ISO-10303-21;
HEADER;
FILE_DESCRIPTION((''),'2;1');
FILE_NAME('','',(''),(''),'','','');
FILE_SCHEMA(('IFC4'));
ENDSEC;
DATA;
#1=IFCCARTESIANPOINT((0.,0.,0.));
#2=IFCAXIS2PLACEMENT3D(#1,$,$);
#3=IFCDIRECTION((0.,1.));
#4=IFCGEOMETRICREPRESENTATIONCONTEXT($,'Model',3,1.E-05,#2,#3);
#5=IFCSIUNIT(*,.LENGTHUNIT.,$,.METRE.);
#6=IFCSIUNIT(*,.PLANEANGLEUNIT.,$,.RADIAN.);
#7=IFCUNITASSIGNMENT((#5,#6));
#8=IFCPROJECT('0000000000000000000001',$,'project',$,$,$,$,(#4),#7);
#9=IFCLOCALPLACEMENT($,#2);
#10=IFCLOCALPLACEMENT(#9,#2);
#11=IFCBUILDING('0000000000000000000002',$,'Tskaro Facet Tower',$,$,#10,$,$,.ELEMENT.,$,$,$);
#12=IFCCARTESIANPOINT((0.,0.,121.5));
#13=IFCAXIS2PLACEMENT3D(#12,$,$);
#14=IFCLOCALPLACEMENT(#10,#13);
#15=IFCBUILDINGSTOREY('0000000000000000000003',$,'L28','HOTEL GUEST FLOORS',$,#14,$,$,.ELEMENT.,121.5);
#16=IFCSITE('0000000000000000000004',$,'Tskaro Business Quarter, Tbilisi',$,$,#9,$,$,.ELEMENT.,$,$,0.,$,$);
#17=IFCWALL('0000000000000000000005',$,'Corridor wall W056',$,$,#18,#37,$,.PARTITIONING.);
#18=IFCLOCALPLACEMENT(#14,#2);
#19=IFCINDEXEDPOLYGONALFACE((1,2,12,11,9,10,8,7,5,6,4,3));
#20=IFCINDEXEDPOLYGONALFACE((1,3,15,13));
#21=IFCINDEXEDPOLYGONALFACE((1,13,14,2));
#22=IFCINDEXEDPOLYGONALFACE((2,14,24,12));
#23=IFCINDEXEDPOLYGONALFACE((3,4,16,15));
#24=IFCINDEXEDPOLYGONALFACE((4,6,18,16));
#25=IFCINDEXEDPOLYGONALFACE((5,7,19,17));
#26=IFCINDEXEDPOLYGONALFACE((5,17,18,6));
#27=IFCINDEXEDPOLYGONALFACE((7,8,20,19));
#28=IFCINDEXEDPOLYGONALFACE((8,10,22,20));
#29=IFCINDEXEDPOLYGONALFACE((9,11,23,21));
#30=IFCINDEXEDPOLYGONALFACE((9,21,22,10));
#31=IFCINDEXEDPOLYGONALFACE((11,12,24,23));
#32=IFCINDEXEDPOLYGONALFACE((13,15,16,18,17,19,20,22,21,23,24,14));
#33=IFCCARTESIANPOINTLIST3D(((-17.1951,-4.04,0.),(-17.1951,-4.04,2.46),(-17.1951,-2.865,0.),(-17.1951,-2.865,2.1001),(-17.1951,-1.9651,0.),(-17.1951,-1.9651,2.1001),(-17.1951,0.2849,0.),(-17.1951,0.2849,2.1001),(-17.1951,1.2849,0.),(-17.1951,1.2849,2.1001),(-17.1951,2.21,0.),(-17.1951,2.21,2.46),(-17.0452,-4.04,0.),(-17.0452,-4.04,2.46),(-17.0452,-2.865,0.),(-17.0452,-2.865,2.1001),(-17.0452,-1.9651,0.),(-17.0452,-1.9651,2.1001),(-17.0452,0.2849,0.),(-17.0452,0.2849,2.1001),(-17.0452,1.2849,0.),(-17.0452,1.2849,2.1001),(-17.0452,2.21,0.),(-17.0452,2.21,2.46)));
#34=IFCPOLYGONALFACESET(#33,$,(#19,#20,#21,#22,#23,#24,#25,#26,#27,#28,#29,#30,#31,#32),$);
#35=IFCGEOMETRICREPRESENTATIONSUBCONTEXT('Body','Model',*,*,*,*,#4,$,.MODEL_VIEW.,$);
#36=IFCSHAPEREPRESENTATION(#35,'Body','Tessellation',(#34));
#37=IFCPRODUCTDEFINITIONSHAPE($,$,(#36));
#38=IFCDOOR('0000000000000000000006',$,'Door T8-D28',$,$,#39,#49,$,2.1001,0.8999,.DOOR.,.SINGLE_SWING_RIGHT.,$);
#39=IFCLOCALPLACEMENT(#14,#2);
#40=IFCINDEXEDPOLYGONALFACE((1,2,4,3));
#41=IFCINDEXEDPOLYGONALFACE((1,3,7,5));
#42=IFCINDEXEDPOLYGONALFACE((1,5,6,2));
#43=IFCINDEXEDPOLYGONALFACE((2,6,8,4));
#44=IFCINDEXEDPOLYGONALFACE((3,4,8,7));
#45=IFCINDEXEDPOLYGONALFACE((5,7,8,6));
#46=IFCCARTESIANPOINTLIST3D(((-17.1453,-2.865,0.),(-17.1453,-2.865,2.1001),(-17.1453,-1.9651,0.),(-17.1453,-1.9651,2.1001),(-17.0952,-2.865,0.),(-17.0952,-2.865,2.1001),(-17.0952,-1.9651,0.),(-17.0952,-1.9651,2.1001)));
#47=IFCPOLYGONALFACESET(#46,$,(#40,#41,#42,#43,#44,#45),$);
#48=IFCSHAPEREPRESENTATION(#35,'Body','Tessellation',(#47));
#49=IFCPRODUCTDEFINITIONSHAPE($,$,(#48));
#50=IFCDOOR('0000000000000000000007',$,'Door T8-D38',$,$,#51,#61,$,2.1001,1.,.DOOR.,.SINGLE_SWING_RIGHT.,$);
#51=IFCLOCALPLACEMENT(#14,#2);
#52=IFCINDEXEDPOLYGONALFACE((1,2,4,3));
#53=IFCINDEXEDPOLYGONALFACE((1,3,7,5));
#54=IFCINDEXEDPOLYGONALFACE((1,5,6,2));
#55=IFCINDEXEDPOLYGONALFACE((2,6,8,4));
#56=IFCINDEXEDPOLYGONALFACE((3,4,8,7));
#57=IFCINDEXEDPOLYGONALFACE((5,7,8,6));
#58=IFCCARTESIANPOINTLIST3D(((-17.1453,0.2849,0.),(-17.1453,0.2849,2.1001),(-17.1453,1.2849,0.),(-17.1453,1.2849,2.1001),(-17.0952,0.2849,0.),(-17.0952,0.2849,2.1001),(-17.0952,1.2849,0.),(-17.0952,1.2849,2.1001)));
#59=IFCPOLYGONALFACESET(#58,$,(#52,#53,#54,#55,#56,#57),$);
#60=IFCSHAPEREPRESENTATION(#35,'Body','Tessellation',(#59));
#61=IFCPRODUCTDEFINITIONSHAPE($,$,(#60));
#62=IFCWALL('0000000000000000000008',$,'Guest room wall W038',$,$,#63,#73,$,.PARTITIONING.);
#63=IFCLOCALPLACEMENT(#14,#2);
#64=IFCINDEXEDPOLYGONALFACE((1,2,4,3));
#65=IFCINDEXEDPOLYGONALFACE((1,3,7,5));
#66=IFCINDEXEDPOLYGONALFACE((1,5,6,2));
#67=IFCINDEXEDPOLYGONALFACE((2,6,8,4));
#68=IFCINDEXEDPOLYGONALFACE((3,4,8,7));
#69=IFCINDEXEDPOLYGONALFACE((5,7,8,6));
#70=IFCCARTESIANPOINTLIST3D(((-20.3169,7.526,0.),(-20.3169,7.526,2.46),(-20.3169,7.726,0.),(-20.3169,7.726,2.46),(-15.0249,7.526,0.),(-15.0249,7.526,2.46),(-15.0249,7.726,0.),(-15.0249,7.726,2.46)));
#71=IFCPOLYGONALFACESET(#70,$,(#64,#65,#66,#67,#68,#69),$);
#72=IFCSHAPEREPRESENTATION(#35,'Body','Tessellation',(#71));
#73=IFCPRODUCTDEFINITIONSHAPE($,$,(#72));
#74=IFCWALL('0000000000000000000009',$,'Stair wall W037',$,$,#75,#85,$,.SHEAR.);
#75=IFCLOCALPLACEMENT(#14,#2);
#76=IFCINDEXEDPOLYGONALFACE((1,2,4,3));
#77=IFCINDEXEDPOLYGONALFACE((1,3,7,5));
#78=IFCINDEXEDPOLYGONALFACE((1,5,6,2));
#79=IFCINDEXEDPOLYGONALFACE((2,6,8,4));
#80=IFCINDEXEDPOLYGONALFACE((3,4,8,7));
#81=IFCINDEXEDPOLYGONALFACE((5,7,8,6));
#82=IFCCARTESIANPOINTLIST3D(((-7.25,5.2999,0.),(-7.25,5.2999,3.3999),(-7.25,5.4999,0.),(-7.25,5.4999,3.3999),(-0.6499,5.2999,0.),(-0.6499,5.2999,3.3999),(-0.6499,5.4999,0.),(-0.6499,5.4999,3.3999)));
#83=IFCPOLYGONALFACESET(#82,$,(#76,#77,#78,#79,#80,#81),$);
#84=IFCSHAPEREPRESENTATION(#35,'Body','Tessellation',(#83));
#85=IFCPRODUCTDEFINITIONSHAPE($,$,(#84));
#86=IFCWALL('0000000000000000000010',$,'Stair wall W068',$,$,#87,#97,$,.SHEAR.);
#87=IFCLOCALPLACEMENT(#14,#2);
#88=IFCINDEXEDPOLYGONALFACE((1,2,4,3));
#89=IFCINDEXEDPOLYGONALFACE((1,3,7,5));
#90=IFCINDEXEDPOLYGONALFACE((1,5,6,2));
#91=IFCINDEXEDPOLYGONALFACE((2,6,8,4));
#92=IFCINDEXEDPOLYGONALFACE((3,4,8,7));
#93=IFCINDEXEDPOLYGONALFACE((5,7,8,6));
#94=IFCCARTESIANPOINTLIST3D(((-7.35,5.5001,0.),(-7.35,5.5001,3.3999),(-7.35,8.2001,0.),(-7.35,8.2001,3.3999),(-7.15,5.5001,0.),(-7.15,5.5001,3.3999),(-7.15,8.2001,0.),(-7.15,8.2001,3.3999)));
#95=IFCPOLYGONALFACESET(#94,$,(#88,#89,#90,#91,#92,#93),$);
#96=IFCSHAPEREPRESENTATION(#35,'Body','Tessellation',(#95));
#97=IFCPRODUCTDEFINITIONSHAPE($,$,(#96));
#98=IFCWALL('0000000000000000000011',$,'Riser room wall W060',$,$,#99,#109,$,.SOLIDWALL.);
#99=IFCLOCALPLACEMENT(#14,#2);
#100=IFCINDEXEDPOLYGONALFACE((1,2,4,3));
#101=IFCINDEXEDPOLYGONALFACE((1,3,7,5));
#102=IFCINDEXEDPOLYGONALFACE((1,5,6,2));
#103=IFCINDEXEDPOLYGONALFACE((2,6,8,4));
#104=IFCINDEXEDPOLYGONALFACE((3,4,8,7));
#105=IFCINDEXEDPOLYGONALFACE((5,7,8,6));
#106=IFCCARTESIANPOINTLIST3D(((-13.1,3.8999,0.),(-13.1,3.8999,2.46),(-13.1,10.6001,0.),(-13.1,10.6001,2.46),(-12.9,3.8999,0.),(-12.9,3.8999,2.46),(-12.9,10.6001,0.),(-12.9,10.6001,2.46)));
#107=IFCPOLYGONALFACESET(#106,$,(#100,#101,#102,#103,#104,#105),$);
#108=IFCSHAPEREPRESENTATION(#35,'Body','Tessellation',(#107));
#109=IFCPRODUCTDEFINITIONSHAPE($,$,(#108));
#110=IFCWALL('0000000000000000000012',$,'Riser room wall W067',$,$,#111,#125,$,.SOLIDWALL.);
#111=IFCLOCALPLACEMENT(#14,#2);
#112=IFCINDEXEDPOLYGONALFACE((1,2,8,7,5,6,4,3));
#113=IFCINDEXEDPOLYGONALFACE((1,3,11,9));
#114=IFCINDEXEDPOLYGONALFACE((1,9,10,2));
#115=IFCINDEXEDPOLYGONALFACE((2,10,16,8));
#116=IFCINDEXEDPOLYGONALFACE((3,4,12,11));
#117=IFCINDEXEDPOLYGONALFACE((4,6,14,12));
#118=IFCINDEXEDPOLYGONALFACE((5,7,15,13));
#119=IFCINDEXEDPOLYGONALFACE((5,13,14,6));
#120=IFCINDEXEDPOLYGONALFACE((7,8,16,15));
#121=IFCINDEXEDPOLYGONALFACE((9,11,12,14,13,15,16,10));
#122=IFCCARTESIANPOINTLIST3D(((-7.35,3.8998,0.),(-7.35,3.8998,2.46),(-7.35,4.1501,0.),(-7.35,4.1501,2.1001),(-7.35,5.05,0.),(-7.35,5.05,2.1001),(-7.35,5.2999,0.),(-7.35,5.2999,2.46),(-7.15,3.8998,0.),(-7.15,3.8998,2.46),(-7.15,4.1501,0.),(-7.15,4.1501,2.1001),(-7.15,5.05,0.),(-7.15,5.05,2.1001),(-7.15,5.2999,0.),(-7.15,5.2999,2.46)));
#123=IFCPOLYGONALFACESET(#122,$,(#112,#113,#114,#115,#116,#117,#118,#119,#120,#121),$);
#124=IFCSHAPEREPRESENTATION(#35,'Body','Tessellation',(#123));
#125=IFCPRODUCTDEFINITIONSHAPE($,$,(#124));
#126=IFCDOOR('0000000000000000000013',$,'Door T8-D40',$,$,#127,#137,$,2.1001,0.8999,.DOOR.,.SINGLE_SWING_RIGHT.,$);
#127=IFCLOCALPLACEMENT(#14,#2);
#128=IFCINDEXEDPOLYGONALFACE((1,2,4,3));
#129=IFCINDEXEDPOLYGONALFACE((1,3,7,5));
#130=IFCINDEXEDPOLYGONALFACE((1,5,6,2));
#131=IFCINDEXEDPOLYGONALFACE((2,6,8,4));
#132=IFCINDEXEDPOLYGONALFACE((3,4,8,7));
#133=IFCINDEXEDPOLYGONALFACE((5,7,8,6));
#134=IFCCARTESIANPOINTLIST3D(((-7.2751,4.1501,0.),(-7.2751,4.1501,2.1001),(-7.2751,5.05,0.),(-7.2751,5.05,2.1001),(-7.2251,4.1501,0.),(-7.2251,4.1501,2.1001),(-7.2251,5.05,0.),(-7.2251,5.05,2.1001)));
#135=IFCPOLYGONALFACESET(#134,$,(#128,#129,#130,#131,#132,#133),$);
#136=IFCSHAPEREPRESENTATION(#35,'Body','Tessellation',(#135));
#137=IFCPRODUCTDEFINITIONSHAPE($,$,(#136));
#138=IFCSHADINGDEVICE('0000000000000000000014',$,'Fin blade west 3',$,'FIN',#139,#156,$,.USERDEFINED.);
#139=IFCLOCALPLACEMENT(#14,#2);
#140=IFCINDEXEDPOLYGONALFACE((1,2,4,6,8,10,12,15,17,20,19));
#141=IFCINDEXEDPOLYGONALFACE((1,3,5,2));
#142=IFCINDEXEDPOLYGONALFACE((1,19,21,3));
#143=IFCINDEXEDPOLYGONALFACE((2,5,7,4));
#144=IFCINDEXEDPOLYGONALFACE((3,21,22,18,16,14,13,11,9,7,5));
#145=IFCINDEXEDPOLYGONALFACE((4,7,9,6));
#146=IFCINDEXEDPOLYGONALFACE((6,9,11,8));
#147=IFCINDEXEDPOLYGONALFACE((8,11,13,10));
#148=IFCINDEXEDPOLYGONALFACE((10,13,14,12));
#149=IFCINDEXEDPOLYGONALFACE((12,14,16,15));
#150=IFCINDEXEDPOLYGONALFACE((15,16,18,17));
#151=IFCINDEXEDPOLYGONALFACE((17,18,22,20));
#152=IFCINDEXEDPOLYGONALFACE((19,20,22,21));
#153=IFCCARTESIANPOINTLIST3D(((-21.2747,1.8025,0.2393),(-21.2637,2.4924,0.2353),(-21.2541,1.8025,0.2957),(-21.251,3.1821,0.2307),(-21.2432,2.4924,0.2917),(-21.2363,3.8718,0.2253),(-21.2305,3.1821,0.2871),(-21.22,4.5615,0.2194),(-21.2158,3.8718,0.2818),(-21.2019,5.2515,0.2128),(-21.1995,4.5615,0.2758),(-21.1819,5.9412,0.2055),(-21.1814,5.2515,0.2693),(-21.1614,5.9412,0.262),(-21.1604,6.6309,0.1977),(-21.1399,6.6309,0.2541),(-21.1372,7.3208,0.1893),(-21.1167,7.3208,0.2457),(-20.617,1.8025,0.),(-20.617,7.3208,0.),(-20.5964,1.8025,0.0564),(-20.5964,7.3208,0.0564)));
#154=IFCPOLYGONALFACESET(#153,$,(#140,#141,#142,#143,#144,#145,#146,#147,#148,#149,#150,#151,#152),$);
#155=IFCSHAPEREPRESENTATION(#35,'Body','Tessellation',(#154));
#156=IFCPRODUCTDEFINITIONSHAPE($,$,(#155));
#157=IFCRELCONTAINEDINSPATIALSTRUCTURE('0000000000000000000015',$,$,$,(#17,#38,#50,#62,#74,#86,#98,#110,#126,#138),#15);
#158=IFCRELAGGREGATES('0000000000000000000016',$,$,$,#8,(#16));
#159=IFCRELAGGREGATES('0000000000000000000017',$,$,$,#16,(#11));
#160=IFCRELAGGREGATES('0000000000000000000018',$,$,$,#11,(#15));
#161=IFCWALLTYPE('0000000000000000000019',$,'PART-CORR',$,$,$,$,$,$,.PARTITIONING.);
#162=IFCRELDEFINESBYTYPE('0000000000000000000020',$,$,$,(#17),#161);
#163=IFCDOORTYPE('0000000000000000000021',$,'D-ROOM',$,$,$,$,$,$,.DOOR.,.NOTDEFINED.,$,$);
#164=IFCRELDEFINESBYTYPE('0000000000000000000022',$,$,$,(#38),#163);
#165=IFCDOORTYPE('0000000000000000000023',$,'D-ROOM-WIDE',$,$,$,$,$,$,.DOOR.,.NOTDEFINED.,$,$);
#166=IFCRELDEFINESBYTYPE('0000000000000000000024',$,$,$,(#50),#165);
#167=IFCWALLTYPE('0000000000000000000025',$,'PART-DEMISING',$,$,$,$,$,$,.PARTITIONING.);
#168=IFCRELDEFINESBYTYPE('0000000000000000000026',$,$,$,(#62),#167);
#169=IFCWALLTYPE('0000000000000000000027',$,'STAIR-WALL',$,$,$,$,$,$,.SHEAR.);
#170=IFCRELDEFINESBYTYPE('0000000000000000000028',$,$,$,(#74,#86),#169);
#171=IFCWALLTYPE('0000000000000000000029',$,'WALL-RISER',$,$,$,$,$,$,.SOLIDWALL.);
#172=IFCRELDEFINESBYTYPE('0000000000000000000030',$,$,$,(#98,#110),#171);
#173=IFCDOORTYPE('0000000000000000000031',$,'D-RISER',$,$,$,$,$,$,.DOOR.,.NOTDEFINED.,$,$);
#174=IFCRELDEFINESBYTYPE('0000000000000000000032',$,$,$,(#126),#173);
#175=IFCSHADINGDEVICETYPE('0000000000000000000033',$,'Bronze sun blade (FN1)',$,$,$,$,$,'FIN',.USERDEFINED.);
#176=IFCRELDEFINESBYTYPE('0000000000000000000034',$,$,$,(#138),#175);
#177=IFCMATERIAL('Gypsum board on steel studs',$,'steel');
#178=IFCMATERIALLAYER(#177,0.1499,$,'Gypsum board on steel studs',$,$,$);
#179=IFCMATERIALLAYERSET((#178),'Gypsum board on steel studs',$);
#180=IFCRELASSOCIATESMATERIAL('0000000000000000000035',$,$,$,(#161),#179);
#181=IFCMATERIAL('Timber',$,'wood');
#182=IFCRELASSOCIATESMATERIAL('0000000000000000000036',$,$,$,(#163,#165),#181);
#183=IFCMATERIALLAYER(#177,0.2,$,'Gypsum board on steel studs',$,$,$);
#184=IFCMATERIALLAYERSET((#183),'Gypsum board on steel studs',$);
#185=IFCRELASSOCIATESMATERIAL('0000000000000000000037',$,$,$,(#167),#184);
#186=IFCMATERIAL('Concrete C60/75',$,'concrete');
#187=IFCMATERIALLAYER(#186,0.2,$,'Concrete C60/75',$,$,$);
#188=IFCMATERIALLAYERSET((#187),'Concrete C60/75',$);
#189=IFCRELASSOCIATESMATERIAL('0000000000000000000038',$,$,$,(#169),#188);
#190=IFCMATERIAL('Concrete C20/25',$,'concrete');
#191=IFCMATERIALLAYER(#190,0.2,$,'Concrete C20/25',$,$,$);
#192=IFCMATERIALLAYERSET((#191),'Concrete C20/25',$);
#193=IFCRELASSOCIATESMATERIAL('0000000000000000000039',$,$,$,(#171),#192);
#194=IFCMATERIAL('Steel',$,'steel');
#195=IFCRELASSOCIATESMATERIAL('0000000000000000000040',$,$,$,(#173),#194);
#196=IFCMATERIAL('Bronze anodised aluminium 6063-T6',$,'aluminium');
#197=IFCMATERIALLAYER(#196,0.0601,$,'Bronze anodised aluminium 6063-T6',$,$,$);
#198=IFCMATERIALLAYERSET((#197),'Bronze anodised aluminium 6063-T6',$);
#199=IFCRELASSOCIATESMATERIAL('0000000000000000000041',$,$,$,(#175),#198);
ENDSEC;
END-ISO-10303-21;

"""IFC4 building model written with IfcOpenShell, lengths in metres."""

from ifc_helpers import new_model, si_unit, direction, frame, frame_2d, origin, place, context, subcontext, project, spatial, polyline, rectangle, outline, extrude, material, layer, layer_set, type_object, element, fill, save


model = new_model("IFC4")

# Units and contexts
model_context = context("Model", 3, precision=1e-05, world=origin(), true_north=direction((0.0, 1.0)))
body_context = subcontext(model_context, "Body", "Model", "MODEL_VIEW")
ifc_project = project(units=[si_unit("LENGTHUNIT", "METRE"), si_unit("PLANEANGLEUNIT", "RADIAN")], contexts=[model_context])

# Site, building, storey
site_placement = place(None, origin())
site = spatial("IfcSite", under=ifc_project, at=site_placement, Name="Tskaro Business Quarter, Tbilisi", CompositionType="ELEMENT", RefElevation=0.0)
building_placement = place(site_placement, origin())
building = spatial("IfcBuilding", under=site, at=building_placement, Name="Tskaro Facet Tower", CompositionType="ELEMENT")
storey_placement = place(building_placement, frame((0.0, 0.0, 121.5)))
storey = spatial("IfcBuildingStorey", under=building, at=storey_placement, Name="L28", Description="HOTEL GUEST FLOORS", CompositionType="ELEMENT", Elevation=121.5)

# Shared definitions
ifc_material_1 = material(Name="Bronze anodised aluminium 6063-T6", Category="aluminium")

# Shared definitions
ifc_material_2 = material(Name="Concrete C60/75", Category="concrete")

# Shared definitions
ifc_material_3 = material(Name="Gypsum board on steel studs", Category="steel")
ifc_layer_1 = layer(ifc_material_3, 0.1499, Name="Gypsum board on steel studs")
ifc_layer_set_1 = layer_set([ifc_layer_1], Name="Gypsum board on steel studs")
wall_type_1 = type_object("IfcWallType", Name="PART-CORR", PredefinedType="PARTITIONING", material=ifc_layer_set_1)

# Wall, openings, doors
wall_1_placement = place(storey_placement, frame((-17.1201, 2.21, 0.0), z_axis=(0.0, 0.0, 1.0), x_axis=(0.0, -1.0, 0.0)))
wall_1 = element("IfcWall", 1, at=wall_1_placement, inside=storey, type_object=wall_type_1, Name="Corridor wall W056", PredefinedType="PARTITIONING", context=body_context, shape_type="SweptSolid", body=[
    extrude(rectangle(XDim=6.25, YDim=0.1499, at=frame_2d((3.125, 0.0))), origin(), (0.0, 0.0, 1.0), 2.46),
])
opening_1_placement = place(wall_1_placement, frame((4.175, 0.0, 0.0)))
opening_1 = element("IfcOpeningElement", 2, at=opening_1_placement, cuts=wall_1, PredefinedType="OPENING", context=body_context, shape_type="SweptSolid", body=[
    extrude(rectangle(XDim=0.8999, YDim=2.1001, at=frame_2d((0.45, 1.05))), frame((0.0, 0.085, 0.0), z_axis=(0.0, -1.0, 0.0), x_axis=(1.0, 0.0, 0.0)), (0.0, 0.0, 1.0), 0.1699),
])
opening_2_placement = place(wall_1_placement, frame((0.925, 0.0, 0.0)))
opening_2 = element("IfcOpeningElement", 3, at=opening_2_placement, cuts=wall_1, PredefinedType="OPENING", context=body_context, shape_type="SweptSolid", body=[
    extrude(rectangle(XDim=1.0, YDim=2.1001, at=frame_2d((0.5, 1.05))), frame((0.0, 0.085, 0.0), z_axis=(0.0, -1.0, 0.0), x_axis=(1.0, 0.0, 0.0)), (0.0, 0.0, 1.0), 0.1699),
])
ifc_material_4 = material(Name="Timber", Category="wood")
door_type_1 = type_object("IfcDoorType", Name="D-ROOM", OperationType="NOTDEFINED", PredefinedType="DOOR", material=ifc_material_4)
door_1_placement = place(opening_1_placement, origin())
door_1 = element("IfcDoor", 4, at=door_1_placement, inside=storey, type_object=door_type_1, Name="Door T8-D28", OperationType="SINGLE_SWING_RIGHT", OverallHeight=2.1001, OverallWidth=0.8999, PredefinedType="DOOR", context=body_context, shape_type="SweptSolid", body=[
    extrude(rectangle(XDim=0.8999, YDim=2.1001, at=frame_2d((0.45, 1.05))), frame((0.0, 0.0249, 0.0), z_axis=(0.0, -1.0, 0.0), x_axis=(1.0, 0.0, 0.0)), (0.0, 0.0, 1.0), 0.05),
])
fill(opening_1, door_1)
door_type_2 = type_object("IfcDoorType", Name="D-ROOM-WIDE", OperationType="NOTDEFINED", PredefinedType="DOOR", material=ifc_material_4)
door_2_placement = place(opening_2_placement, origin())
door_2 = element("IfcDoor", 5, at=door_2_placement, inside=storey, type_object=door_type_2, Name="Door T8-D38", OperationType="SINGLE_SWING_RIGHT", OverallHeight=2.1001, OverallWidth=1.0, PredefinedType="DOOR", context=body_context, shape_type="SweptSolid", body=[
    extrude(rectangle(XDim=1.0, YDim=2.1001, at=frame_2d((0.5, 1.05))), frame((0.0, 0.0249, 0.0), z_axis=(0.0, -1.0, 0.0), x_axis=(1.0, 0.0, 0.0)), (0.0, 0.0, 1.0), 0.05),
])
fill(opening_2, door_2)

# Walls
ifc_layer_2 = layer(ifc_material_3, 0.2, Name="Gypsum board on steel studs")
ifc_layer_set_2 = layer_set([ifc_layer_2], Name="Gypsum board on steel studs")
wall_type_2 = type_object("IfcWallType", Name="PART-DEMISING", PredefinedType="PARTITIONING", material=ifc_layer_set_2)
wall_2_placement = place(storey_placement, frame((-20.3169, 7.626, 0.0), z_axis=(0.0, 0.0, 1.0), x_axis=(1.0, 0.0, 0.0)))
element("IfcWall", 6, at=wall_2_placement, inside=storey, type_object=wall_type_2, Name="Guest room wall W038", PredefinedType="PARTITIONING", context=body_context, shape_type="SweptSolid", body=[
    extrude(rectangle(XDim=5.292, YDim=0.2, at=frame_2d((2.646, 0.0))), origin(), (0.0, 0.0, 1.0), 2.46),
])
ifc_layer_3 = layer(ifc_material_2, 0.2, Name="Concrete C60/75")
ifc_layer_set_3 = layer_set([ifc_layer_3], Name="Concrete C60/75")
wall_type_3 = type_object("IfcWallType", Name="STAIR-WALL", PredefinedType="SHEAR", material=ifc_layer_set_3)
wall_3_placement = place(storey_placement, frame((-7.25, 5.3999, 0.0), z_axis=(0.0, 0.0, 1.0), x_axis=(1.0, 0.0, 0.0)))
element("IfcWall", 7, at=wall_3_placement, inside=storey, type_object=wall_type_3, Name="Stair wall W037", PredefinedType="SHEAR", context=body_context, shape_type="SweptSolid", body=[
    extrude(rectangle(XDim=6.6001, YDim=0.2, at=frame_2d((3.3, 0.0))), origin(), (0.0, 0.0, 1.0), 3.3999),
])
wall_4_placement = place(storey_placement, frame((-7.25, 5.5, 0.0), z_axis=(0.0, 0.0, 1.0), x_axis=(0.0, 1.0, 0.0)))
element("IfcWall", 8, at=wall_4_placement, inside=storey, type_object=wall_type_3, Name="Stair wall W068", PredefinedType="SHEAR", context=body_context, shape_type="SweptSolid", body=[
    extrude(rectangle(XDim=2.7, YDim=0.2, at=frame_2d((1.3501, 0.0))), origin(), (0.0, 0.0, 1.0), 3.3999),
])
ifc_material_5 = material(Name="Concrete C20/25", Category="concrete")
ifc_layer_4 = layer(ifc_material_5, 0.2, Name="Concrete C20/25")
ifc_layer_set_4 = layer_set([ifc_layer_4], Name="Concrete C20/25")
wall_type_4 = type_object("IfcWallType", Name="WALL-RISER", PredefinedType="SOLIDWALL", material=ifc_layer_set_4)
wall_5_placement = place(storey_placement, frame((-13.0, 3.8999, 0.0), z_axis=(0.0, 0.0, 1.0), x_axis=(0.0, 1.0, 0.0)))
element("IfcWall", 9, at=wall_5_placement, inside=storey, type_object=wall_type_4, Name="Riser room wall W060", PredefinedType="SOLIDWALL", context=body_context, shape_type="SweptSolid", body=[
    extrude(rectangle(XDim=6.7002, YDim=0.2, at=frame_2d((3.3501, 0.0))), origin(), (0.0, 0.0, 1.0), 2.46),
])

# Wall, opening, door
wall_6_placement = place(storey_placement, frame((-7.25, 5.3, 0.0), z_axis=(0.0, 0.0, 1.0), x_axis=(0.0, -1.0, 0.0)))
wall_6 = element("IfcWall", 10, at=wall_6_placement, inside=storey, type_object=wall_type_4, Name="Riser room wall W067", PredefinedType="SOLIDWALL", context=body_context, shape_type="SweptSolid", body=[
    extrude(rectangle(XDim=1.4001, YDim=0.2, at=frame_2d((0.7002, 0.0))), origin(), (0.0, 0.0, 1.0), 2.46),
])
opening_3_placement = place(wall_6_placement, frame((0.25, 0.0, 0.0)))
opening_3 = element("IfcOpeningElement", 11, at=opening_3_placement, cuts=wall_6, PredefinedType="OPENING", context=body_context, shape_type="SweptSolid", body=[
    extrude(rectangle(XDim=0.8999, YDim=2.1001, at=frame_2d((0.45, 1.05))), frame((0.0, 0.1099, 0.0), z_axis=(0.0, -1.0, 0.0), x_axis=(1.0, 0.0, 0.0)), (0.0, 0.0, 1.0), 0.22),
])
ifc_material_6 = material(Name="Steel", Category="steel")
door_type_3 = type_object("IfcDoorType", Name="D-RISER", OperationType="NOTDEFINED", PredefinedType="DOOR", material=ifc_material_6)
door_3_placement = place(opening_3_placement, origin())
door_3 = element("IfcDoor", 12, at=door_3_placement, inside=storey, type_object=door_type_3, Name="Door T8-D40", OperationType="SINGLE_SWING_RIGHT", OverallHeight=2.1001, OverallWidth=0.8999, PredefinedType="DOOR", context=body_context, shape_type="SweptSolid", body=[
    extrude(rectangle(XDim=0.8999, YDim=2.1001, at=frame_2d((0.45, 1.05))), frame((0.0, 0.0249, 0.0), z_axis=(0.0, -1.0, 0.0), x_axis=(1.0, 0.0, 0.0)), (0.0, 0.0, 1.0), 0.05),
])
fill(opening_3, door_3)

# Shading device
ifc_layer_5 = layer(ifc_material_1, 0.0601, Name="Bronze anodised aluminium 6063-T6")
ifc_layer_set_5 = layer_set([ifc_layer_5], Name="Bronze anodised aluminium 6063-T6")
shading_device_type = type_object("IfcShadingDeviceType", Name="Bronze sun blade (FN1)", ElementType="FIN", PredefinedType="USERDEFINED", material=ifc_layer_set_5)
shading_device_1_placement = place(storey_placement, frame((-20.5964, 7.3208, 0.0564), z_axis=(0.341941, 0.000001, 0.939721), x_axis=(0.0, -1.0, 0.000001)))
element("IfcShadingDevice", 13, at=shading_device_1_placement, inside=storey, type_object=shading_device_type, Name="Fin blade west 3", ObjectType="FIN", PredefinedType="USERDEFINED", context=body_context, shape_type="SweptSolid", body=[
    extrude(outline(polyline([(0.0, 0.0), (5.5183, 0.0), (5.5183, -0.6999), (4.8284, -0.6882), (4.1387, -0.6747), (3.449, -0.6591), (2.7593, -0.6417), (2.0693, -0.6225), (1.3796, -0.6012), (0.6899, -0.5783), (0.0, -0.5536), (0.0, 0.0)])), origin(), (0.0, 0.0, -1.0), 0.0601),
])

save(model, "model.ifc")
